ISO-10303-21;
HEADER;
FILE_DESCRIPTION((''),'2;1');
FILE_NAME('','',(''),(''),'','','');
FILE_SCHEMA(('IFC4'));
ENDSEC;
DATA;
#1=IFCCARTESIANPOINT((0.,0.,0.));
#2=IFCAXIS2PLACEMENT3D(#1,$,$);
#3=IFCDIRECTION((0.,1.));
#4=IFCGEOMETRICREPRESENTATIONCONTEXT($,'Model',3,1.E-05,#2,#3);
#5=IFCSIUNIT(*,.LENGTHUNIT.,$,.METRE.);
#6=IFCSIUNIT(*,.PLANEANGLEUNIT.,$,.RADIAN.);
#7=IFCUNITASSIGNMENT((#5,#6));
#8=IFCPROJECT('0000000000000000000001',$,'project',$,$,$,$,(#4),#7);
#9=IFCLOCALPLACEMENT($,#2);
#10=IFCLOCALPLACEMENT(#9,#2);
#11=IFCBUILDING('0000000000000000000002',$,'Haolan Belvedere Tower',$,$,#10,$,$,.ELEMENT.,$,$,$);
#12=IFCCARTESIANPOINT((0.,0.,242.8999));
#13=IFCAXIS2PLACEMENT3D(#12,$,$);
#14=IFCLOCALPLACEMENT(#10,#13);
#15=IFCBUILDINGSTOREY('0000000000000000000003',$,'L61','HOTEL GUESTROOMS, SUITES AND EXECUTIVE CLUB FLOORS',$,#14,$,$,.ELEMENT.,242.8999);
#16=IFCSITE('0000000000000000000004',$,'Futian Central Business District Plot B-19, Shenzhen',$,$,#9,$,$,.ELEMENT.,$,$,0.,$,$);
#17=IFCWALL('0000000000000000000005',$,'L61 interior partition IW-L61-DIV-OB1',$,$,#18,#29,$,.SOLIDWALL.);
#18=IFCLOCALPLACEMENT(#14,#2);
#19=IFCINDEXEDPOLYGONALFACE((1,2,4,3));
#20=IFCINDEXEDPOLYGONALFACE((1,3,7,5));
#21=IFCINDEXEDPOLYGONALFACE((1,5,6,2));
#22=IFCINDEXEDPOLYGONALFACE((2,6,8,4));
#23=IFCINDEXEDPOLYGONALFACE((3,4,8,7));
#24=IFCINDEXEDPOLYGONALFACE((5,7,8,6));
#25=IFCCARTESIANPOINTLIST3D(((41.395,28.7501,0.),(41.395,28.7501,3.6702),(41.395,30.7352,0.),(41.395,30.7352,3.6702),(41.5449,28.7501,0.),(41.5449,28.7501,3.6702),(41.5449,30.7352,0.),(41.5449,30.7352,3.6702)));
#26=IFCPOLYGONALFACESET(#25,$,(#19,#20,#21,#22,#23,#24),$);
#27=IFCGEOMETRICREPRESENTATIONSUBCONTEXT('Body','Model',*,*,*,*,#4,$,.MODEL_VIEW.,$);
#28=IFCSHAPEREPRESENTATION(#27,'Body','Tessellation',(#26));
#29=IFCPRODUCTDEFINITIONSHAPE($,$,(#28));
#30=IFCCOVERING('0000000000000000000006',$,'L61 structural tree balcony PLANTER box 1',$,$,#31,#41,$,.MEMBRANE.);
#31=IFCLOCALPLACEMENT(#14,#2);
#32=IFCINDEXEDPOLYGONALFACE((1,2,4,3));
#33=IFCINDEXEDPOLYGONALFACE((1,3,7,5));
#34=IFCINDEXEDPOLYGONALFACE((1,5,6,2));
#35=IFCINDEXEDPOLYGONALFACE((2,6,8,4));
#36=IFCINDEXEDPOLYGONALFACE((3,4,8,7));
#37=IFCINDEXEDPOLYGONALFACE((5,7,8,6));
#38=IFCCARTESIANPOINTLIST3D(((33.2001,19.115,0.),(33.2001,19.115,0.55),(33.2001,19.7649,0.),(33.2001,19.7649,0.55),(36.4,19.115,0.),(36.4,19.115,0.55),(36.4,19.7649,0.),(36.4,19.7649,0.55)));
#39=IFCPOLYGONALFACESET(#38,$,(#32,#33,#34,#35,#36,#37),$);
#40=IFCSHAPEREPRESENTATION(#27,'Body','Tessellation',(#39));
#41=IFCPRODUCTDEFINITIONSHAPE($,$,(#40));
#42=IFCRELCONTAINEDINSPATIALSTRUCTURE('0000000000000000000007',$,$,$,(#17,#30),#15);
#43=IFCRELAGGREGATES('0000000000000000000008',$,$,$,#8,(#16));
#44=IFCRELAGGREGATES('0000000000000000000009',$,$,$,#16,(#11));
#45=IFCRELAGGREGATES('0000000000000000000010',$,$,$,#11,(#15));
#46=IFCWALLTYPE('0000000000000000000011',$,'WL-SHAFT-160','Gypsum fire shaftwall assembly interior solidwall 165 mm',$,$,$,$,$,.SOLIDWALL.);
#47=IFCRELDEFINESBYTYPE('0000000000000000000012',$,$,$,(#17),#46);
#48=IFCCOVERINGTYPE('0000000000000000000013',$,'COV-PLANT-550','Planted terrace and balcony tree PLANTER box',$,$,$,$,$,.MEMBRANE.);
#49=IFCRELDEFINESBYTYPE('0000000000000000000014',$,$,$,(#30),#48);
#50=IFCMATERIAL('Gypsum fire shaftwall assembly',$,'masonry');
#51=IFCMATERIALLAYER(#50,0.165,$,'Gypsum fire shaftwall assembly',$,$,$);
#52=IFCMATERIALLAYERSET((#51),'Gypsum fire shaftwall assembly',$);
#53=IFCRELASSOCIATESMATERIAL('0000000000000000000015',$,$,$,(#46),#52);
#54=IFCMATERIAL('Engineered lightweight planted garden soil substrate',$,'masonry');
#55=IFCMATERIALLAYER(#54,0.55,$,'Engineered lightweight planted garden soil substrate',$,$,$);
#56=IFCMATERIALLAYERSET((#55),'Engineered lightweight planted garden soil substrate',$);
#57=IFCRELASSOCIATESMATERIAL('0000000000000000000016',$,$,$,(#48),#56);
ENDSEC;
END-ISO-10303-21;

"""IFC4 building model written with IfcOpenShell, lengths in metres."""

from ifc_helpers import new_model, si_unit, direction, frame, frame_2d, origin, origin_2d, place, context, subcontext, project, spatial, rectangle, extrude, material, layer, layer_set, type_object, element, save


model = new_model("IFC4")

# Units and contexts
model_context = context("Model", 3, precision=1e-05, world=origin(), true_north=direction((0.0, 1.0)))
body_context = subcontext(model_context, "Body", "Model", "MODEL_VIEW")
ifc_project = project(units=[si_unit("LENGTHUNIT", "METRE"), si_unit("PLANEANGLEUNIT", "RADIAN")], contexts=[model_context])

# Site, building, storey
site_placement = place(None, origin())
site = spatial("IfcSite", under=ifc_project, at=site_placement, Name="Futian Central Business District Plot B-19, Shenzhen", CompositionType="ELEMENT", RefElevation=0.0)
building_placement = place(site_placement, origin())
building = spatial("IfcBuilding", under=site, at=building_placement, Name="Haolan Belvedere Tower", CompositionType="ELEMENT")
storey_placement = place(building_placement, frame((0.0, 0.0, 242.8999)))
storey = spatial("IfcBuildingStorey", under=building, at=storey_placement, Name="L61", Description="HOTEL GUESTROOMS, SUITES AND EXECUTIVE CLUB FLOORS", CompositionType="ELEMENT", Elevation=242.8999)

# Shared definitions
ifc_material_1 = material(Name="Gypsum fire shaftwall assembly", Category="masonry")
ifc_layer_1 = layer(ifc_material_1, 0.165, Name="Gypsum fire shaftwall assembly")
ifc_layer_set_1 = layer_set([ifc_layer_1], Name="Gypsum fire shaftwall assembly")
wall_type_1 = type_object("IfcWallType", Name="WL-SHAFT-160", Description="Gypsum fire shaftwall assembly interior solidwall 165 mm", PredefinedType="SOLIDWALL", material=ifc_layer_set_1)

# Wall
wall_1_placement = place(storey_placement, frame((41.47, 28.75, 0.0), z_axis=(0.0, 0.0, 1.0), x_axis=(0.0, 1.0, 0.0)))
element("IfcWall", 1, at=wall_1_placement, inside=storey, type_object=wall_type_1, Name="L61 interior partition IW-L61-DIV-OB1", PredefinedType="SOLIDWALL", context=body_context, shape_type="SweptSolid", body=[
    extrude(rectangle(XDim=1.9851, YDim=0.1499, at=frame_2d((0.9927, 0.0))), origin(), (0.0, 0.0, 1.0), 3.6702),
])

# Covering
ifc_material_2 = material(Name="Engineered lightweight planted garden soil substrate", Category="masonry")
ifc_layer_2 = layer(ifc_material_2, 0.55, Name="Engineered lightweight planted garden soil substrate")
ifc_layer_set_2 = layer_set([ifc_layer_2], Name="Engineered lightweight planted garden soil substrate")
covering_type = type_object("IfcCoveringType", Name="COV-PLANT-550", Description="Planted terrace and balcony tree PLANTER box", PredefinedType="MEMBRANE", material=ifc_layer_set_2)
covering_placement = place(storey_placement, frame((34.8, 19.4399, 0.0), z_axis=(0.0, 0.0, 1.0), x_axis=(1.0, 0.0, 0.0)))
element("IfcCovering", 2, at=covering_placement, inside=storey, type_object=covering_type, Name="L61 structural tree balcony PLANTER box 1", PredefinedType="MEMBRANE", context=body_context, shape_type="SweptSolid", body=[
    extrude(rectangle(XDim=3.2, YDim=0.6499, at=origin_2d()), origin(), (0.0, 0.0, 1.0), 0.55),
])

save(model, "model.ifc")
